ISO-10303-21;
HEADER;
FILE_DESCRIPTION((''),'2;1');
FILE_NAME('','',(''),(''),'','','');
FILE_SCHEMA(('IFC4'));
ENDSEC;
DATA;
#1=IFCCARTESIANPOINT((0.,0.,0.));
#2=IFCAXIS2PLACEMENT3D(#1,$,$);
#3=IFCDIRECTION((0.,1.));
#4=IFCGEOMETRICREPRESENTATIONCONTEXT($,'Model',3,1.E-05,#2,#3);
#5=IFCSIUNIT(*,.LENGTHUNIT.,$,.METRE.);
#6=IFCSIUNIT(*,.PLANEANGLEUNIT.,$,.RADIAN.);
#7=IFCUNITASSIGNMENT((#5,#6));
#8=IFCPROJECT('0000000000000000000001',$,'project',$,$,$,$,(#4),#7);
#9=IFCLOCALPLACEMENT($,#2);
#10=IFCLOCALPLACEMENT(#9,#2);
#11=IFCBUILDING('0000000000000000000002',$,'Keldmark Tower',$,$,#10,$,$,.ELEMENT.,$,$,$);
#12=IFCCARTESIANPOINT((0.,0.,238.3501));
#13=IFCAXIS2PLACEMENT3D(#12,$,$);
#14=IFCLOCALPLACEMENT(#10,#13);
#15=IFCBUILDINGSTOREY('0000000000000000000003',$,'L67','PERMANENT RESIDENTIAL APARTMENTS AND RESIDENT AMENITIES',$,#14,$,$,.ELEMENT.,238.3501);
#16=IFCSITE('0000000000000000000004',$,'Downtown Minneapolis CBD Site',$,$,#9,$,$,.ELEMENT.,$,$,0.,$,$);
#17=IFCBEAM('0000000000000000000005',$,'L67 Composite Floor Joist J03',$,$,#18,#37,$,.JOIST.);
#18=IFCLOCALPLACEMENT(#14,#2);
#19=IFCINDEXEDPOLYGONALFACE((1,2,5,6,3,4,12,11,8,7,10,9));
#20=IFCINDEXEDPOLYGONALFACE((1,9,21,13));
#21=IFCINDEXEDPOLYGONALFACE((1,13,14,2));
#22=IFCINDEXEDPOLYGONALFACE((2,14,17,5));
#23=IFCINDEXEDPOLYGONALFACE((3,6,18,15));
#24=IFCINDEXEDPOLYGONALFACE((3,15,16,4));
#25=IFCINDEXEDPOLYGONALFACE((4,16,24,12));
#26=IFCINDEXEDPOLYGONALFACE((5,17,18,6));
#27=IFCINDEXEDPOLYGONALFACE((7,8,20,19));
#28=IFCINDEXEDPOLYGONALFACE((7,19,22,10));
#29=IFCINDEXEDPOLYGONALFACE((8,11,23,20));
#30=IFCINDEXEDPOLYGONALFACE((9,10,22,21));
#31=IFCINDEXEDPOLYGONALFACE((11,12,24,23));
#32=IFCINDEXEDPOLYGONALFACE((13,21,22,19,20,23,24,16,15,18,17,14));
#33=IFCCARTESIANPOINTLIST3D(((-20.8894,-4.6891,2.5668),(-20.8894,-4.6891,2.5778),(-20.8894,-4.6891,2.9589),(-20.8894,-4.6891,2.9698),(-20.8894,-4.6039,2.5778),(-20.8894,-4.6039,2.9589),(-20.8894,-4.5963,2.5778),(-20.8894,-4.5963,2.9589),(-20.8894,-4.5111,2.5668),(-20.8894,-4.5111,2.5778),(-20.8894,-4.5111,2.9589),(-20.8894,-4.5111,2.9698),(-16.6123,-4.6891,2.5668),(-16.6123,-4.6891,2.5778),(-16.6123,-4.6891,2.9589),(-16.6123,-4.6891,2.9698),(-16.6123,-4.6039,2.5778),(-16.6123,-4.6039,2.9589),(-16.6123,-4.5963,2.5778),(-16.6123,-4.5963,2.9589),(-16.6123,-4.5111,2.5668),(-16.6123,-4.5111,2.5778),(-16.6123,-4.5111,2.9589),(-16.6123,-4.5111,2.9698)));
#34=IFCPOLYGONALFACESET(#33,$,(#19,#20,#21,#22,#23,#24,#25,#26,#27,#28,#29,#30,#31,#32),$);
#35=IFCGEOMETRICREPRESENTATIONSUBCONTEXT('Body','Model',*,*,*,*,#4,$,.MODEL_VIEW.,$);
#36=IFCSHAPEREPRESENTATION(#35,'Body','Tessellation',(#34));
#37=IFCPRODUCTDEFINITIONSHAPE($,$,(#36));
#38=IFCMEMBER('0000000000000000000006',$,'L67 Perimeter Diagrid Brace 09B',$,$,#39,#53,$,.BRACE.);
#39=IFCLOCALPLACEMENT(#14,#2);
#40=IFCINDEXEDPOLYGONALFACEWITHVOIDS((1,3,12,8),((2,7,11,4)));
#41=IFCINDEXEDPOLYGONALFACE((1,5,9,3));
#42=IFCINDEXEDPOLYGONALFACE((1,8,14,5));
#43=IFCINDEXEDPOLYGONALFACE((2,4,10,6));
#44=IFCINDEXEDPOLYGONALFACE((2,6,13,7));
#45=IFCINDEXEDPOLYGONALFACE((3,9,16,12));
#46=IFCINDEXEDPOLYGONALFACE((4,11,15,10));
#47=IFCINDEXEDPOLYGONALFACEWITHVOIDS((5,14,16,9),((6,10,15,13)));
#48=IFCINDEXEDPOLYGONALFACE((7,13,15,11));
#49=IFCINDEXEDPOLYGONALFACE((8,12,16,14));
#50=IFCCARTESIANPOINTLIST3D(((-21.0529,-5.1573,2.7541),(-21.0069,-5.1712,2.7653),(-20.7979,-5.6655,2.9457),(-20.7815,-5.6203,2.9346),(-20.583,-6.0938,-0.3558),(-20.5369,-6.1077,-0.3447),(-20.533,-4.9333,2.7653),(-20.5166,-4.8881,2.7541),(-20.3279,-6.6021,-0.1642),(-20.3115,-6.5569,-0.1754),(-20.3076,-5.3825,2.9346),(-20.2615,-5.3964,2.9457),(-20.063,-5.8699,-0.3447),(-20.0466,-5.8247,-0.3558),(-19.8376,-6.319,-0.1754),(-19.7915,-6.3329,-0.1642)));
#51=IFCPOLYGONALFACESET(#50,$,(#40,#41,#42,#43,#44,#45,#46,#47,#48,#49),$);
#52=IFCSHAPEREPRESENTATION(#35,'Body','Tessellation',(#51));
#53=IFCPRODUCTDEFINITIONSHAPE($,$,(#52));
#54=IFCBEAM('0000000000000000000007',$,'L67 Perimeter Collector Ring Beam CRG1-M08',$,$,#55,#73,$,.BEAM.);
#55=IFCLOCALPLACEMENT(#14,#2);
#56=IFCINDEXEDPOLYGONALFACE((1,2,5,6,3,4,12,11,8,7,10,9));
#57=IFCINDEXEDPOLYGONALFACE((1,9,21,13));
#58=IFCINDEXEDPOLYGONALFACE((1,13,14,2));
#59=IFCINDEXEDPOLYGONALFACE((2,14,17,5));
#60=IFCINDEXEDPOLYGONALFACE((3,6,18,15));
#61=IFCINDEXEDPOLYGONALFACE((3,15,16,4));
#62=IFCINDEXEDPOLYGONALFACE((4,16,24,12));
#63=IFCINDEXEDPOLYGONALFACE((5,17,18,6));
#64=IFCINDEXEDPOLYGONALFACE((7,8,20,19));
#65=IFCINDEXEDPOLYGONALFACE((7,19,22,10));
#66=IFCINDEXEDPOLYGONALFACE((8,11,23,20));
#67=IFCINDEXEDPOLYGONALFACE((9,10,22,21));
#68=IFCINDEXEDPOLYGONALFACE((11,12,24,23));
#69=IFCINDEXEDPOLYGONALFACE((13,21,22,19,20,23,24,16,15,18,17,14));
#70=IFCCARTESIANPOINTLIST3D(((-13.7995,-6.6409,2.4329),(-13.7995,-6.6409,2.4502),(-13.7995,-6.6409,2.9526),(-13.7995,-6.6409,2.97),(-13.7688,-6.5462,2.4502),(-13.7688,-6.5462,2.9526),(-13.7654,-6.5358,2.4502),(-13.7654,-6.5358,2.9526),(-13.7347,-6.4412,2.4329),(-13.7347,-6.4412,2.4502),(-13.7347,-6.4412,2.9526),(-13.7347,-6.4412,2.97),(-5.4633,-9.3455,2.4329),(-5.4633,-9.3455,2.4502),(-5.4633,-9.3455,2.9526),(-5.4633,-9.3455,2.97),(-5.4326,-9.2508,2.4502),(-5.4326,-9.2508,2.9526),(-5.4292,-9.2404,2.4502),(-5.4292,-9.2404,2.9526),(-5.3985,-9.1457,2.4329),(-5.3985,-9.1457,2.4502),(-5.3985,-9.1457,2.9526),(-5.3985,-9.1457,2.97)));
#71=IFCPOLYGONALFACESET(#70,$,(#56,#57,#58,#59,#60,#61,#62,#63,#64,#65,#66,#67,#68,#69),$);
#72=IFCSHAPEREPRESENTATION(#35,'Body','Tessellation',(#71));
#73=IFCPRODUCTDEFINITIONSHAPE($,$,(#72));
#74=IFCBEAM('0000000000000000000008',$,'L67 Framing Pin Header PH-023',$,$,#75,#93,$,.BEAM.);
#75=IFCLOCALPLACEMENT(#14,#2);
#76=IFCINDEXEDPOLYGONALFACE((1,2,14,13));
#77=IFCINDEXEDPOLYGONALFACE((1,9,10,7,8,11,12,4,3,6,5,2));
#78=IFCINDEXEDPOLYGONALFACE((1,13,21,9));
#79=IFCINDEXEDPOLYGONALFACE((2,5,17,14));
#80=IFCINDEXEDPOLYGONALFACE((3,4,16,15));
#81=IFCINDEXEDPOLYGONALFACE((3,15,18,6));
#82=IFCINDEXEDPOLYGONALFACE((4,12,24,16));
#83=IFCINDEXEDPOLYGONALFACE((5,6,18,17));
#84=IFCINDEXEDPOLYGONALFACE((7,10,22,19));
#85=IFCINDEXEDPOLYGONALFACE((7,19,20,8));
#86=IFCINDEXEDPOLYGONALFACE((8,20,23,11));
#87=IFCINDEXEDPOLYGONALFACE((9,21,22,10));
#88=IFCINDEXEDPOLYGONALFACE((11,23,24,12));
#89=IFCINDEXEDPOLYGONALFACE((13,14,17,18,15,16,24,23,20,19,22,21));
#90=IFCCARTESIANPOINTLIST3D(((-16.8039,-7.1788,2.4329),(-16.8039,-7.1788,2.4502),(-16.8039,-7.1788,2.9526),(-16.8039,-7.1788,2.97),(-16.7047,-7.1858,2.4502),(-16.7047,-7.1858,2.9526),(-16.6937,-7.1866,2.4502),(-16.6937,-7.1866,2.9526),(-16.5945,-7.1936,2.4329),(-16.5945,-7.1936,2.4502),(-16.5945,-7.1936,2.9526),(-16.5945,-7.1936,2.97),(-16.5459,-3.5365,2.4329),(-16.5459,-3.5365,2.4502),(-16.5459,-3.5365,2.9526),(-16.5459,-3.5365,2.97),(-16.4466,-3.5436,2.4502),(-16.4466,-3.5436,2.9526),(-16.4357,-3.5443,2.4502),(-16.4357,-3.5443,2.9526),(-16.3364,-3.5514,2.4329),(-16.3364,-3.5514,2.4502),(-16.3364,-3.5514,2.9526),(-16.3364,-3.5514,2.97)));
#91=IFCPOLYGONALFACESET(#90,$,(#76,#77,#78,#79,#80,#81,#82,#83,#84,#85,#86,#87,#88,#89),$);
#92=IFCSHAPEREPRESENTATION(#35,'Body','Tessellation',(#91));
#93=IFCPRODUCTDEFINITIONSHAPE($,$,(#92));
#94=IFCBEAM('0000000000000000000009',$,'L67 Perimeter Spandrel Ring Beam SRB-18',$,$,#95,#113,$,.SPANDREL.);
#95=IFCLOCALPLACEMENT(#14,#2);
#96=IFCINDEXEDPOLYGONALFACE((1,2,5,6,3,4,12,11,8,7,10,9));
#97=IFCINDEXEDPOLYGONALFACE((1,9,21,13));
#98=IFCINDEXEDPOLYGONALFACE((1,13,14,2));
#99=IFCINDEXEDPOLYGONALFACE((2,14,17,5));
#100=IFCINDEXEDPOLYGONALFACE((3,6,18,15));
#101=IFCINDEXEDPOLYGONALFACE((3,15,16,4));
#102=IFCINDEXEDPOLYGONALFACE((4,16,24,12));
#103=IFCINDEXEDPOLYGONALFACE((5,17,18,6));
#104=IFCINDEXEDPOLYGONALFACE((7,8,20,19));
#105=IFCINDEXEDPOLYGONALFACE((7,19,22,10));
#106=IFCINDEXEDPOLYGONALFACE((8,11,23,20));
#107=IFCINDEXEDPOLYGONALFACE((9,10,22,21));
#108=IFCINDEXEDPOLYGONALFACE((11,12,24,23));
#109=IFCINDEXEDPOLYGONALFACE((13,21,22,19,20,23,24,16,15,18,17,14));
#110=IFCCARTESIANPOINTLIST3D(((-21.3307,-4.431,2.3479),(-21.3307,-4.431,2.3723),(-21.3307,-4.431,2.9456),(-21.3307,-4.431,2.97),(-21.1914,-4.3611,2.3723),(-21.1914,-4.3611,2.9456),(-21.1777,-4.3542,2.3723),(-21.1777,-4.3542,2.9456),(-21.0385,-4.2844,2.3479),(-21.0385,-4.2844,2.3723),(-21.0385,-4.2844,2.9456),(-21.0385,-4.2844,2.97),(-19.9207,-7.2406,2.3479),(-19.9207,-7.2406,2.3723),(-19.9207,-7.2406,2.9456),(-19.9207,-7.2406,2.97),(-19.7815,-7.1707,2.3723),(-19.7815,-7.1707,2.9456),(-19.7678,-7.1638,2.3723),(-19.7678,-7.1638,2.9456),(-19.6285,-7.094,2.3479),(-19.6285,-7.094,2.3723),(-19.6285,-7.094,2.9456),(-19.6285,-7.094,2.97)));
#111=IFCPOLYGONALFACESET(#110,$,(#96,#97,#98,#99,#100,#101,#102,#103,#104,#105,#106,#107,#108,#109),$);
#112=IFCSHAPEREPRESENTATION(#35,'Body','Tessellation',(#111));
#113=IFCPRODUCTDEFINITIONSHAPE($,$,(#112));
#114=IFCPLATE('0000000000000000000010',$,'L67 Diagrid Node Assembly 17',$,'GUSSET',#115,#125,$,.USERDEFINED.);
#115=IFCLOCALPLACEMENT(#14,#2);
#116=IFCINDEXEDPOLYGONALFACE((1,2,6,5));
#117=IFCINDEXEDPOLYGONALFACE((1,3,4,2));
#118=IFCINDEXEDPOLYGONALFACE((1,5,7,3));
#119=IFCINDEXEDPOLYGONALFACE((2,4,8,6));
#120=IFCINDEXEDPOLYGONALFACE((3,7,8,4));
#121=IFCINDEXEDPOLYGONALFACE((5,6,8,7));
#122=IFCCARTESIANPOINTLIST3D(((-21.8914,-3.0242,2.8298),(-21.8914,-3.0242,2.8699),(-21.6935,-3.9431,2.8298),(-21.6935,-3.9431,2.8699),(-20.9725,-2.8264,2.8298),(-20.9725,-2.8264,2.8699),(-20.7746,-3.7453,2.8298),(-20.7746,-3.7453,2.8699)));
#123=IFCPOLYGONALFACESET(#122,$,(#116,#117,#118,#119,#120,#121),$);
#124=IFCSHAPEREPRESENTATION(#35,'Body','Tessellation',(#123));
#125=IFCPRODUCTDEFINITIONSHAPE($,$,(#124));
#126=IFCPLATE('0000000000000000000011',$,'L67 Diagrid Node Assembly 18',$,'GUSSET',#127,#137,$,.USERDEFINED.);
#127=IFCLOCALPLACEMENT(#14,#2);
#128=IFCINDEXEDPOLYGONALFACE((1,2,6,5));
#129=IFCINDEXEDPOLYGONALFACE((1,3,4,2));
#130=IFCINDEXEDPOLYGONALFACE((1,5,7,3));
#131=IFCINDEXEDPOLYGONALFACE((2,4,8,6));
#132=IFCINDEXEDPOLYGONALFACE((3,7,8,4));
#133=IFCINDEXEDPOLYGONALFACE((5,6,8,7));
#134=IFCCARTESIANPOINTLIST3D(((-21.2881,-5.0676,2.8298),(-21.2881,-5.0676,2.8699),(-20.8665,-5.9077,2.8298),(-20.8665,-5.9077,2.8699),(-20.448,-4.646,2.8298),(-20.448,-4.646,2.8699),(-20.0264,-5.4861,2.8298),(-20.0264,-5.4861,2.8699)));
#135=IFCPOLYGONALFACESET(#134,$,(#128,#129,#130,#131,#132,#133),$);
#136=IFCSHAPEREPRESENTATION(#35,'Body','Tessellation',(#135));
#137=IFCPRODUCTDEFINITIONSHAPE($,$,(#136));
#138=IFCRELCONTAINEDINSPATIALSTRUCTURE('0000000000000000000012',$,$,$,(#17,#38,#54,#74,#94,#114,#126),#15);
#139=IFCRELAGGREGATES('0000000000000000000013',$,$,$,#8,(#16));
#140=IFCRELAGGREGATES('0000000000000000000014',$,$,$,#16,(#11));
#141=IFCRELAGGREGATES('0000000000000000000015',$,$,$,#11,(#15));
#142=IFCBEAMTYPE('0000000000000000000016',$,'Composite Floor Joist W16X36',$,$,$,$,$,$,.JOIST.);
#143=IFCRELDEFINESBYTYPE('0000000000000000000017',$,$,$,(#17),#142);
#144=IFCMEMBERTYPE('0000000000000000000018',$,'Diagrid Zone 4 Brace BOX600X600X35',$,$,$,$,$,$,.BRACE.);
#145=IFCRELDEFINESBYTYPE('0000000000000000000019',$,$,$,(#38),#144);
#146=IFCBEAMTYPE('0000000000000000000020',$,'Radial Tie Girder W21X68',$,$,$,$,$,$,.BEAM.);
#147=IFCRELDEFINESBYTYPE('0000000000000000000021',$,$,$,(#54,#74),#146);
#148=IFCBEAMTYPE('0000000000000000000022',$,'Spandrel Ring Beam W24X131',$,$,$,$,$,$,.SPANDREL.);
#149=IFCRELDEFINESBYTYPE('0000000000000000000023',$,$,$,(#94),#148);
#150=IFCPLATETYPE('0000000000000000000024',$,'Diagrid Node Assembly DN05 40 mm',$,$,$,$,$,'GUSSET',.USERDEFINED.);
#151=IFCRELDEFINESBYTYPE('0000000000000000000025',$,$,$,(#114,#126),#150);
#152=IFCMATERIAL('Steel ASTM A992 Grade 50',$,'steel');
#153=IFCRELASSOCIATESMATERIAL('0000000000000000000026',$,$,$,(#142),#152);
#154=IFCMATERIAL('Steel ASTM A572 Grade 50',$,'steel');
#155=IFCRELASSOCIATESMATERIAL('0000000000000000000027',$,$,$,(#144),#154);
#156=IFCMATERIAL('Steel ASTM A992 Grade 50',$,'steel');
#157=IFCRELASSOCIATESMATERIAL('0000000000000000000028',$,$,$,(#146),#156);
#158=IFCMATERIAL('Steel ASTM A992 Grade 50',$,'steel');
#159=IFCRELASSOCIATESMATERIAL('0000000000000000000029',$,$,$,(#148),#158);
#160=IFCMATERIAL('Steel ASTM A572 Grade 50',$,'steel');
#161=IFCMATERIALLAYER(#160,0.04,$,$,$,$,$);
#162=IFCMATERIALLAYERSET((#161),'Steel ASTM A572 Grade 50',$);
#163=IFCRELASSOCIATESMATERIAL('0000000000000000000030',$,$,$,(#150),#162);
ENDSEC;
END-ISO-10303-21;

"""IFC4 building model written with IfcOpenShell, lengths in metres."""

from ifc_helpers import new_model, si_unit, direction, frame, origin, origin_2d, place, context, subcontext, project, spatial, rectangle, hollow_rectangle, i_section, extrude, material, layer, layer_set, material_profile, profile_set, type_object, element, save


model = new_model("IFC4")

# Units and contexts
model_context = context("Model", 3, precision=1e-05, world=origin(), true_north=direction((0.0, 1.0)))
body_context = subcontext(model_context, "Body", "Model", "MODEL_VIEW")
ifc_project = project(units=[si_unit("LENGTHUNIT", "METRE"), si_unit("PLANEANGLEUNIT", "RADIAN")], contexts=[model_context])

# Site, building, storey
site_placement = place(None, origin())
site = spatial("IfcSite", under=ifc_project, at=site_placement, Name="Downtown Minneapolis CBD Site", CompositionType="ELEMENT", RefElevation=0.0)
building_placement = place(site_placement, origin())
building = spatial("IfcBuilding", under=site, at=building_placement, Name="Keldmark Tower", CompositionType="ELEMENT")
storey_placement = place(building_placement, frame((0.0, 0.0, 238.3501)))
storey = spatial("IfcBuildingStorey", under=building, at=storey_placement, Name="L67", Description="PERMANENT RESIDENTIAL APARTMENTS AND RESIDENT AMENITIES", CompositionType="ELEMENT", Elevation=238.3501)

# Beam
ifc_material_1 = material(Name="Steel ASTM A992 Grade 50", Category="steel")
ifc_material_profile_1 = material_profile(ifc_material_1, i_section(OverallWidth=0.178, OverallDepth=0.4031, WebThickness=0.0076, FlangeThickness=0.011, at=origin_2d()), Name="W16X36")
ifc_profile_set_1 = profile_set([ifc_material_profile_1], Name="Steel ASTM A992 Grade 50")
beam_type_1 = type_object("IfcBeamType", Name="Composite Floor Joist W16X36", PredefinedType="JOIST", material=ifc_profile_set_1)
beam_1_placement = place(storey_placement, frame((-20.8894, -4.6001, 2.7683), z_axis=(1.0, 0.0, 0.0), x_axis=(0.0, 1.0, 0.0)))
element("IfcBeam", 1, at=beam_1_placement, inside=storey, type_object=beam_type_1, Name="L67 Composite Floor Joist J03", PredefinedType="JOIST", context=body_context, shape_type="SweptSolid", body=[
    extrude(i_section(OverallWidth=0.178, OverallDepth=0.4031, WebThickness=0.0076, FlangeThickness=0.011, at=origin_2d()), origin(), (0.0, 0.0, 1.0), 4.2771),
])

# Member
ifc_material_2 = material(Name="Steel ASTM A572 Grade 50", Category="steel")
ifc_material_profile_2 = material_profile(ifc_material_2, hollow_rectangle(XDim=0.6001, YDim=0.6001, WallThickness=0.0349, at=origin_2d()), Name="BOX600X600X35")
ifc_profile_set_2 = profile_set([ifc_material_profile_2], Name="Steel ASTM A572 Grade 50")
member_type = type_object("IfcMemberType", Name="Diagrid Zone 4 Brace BOX600X600X35", PredefinedType="BRACE", material=ifc_profile_set_2)
member_placement = place(storey_placement, frame((-20.1873, -6.2134, -0.26), z_axis=(-0.143212, 0.285382, 0.947654), x_axis=(-0.893774, -0.448518, 0.0)))
element("IfcMember", 2, at=member_placement, inside=storey, type_object=member_type, Name="L67 Perimeter Diagrid Brace 09B", PredefinedType="BRACE", context=body_context, shape_type="SweptSolid", body=[
    extrude(hollow_rectangle(XDim=0.6001, YDim=0.6001, WallThickness=0.0349, at=origin_2d()), origin(), (0.0, 0.0, 1.0), 3.2817),
])

# Beams
ifc_material_3 = material(Name="Steel ASTM A992 Grade 50", Category="steel")
ifc_material_profile_3 = material_profile(ifc_material_3, i_section(OverallWidth=0.21, OverallDepth=0.5371, WebThickness=0.011, FlangeThickness=0.0173, at=origin_2d()), Name="W21X68")
ifc_profile_set_3 = profile_set([ifc_material_profile_3], Name="Steel ASTM A992 Grade 50")
beam_type_2 = type_object("IfcBeamType", Name="Radial Tie Girder W21X68", PredefinedType="BEAM", material=ifc_profile_set_3)
beam_2_placement = place(storey_placement, frame((-13.7671, -6.541, 2.7014), z_axis=(0.951191, -0.308604, 0.0), x_axis=(0.308604, 0.951191, 0.0)))
element("IfcBeam", 3, at=beam_2_placement, inside=storey, type_object=beam_type_2, Name="L67 Perimeter Collector Ring Beam CRG1-M08", PredefinedType="BEAM", context=body_context, shape_type="SweptSolid", body=[
    extrude(i_section(OverallWidth=0.21, OverallDepth=0.5371, WebThickness=0.011, FlangeThickness=0.0173, at=origin_2d()), origin(), (0.0, 0.0, 1.0), 8.7639),
])
beam_3_placement = place(storey_placement, frame((-16.4412, -3.5439, 2.7014), z_axis=(-0.070672, -0.9975, 0.0), x_axis=(0.9975, -0.070672, 0.0)))
element("IfcBeam", 4, at=beam_3_placement, inside=storey, type_object=beam_type_2, Name="L67 Framing Pin Header PH-023", PredefinedType="BEAM", context=body_context, shape_type="SweptSolid", body=[
    extrude(i_section(OverallWidth=0.21, OverallDepth=0.5371, WebThickness=0.011, FlangeThickness=0.0173, at=origin_2d()), origin(), (0.0, 0.0, 1.0), 3.6514),
])
ifc_material_4 = material(Name="Steel ASTM A992 Grade 50", Category="steel")
ifc_material_profile_4 = material_profile(ifc_material_4, i_section(OverallWidth=0.3269, OverallDepth=0.6221, WebThickness=0.0154, FlangeThickness=0.0244, at=origin_2d()), Name="W24X131")
ifc_profile_set_4 = profile_set([ifc_material_profile_4], Name="Steel ASTM A992 Grade 50")
beam_type_3 = type_object("IfcBeamType", Name="Spandrel Ring Beam W24X131", PredefinedType="SPANDREL", material=ifc_profile_set_4)
beam_4_placement = place(storey_placement, frame((-21.1846, -4.3577, 2.6589), z_axis=(0.448518, -0.893774, 0.0), x_axis=(0.893774, 0.448518, 0.0)))
element("IfcBeam", 5, at=beam_4_placement, inside=storey, type_object=beam_type_3, Name="L67 Perimeter Spandrel Ring Beam SRB-18", PredefinedType="SPANDREL", context=body_context, shape_type="SweptSolid", body=[
    extrude(i_section(OverallWidth=0.3269, OverallDepth=0.6221, WebThickness=0.0154, FlangeThickness=0.0244, at=origin_2d()), origin(), (0.0, 0.0, 1.0), 3.1436),
])

# Plates
ifc_material_5 = material(Name="Steel ASTM A572 Grade 50", Category="steel")
ifc_layer_1 = layer(ifc_material_5, 0.04)
ifc_layer_set_1 = layer_set([ifc_layer_1], Name="Steel ASTM A572 Grade 50")
plate_type = type_object("IfcPlateType", Name="Diagrid Node Assembly DN05 40 mm", ElementType="GUSSET", PredefinedType="USERDEFINED", material=ifc_layer_set_1)
for number, where, z_axis, x_axis, name in (
    (6, (-21.333, -3.3848, 2.8298), (0.0, 0.0, 1.0), (0.210472, -0.9776, 0.0), "L67 Diagrid Node Assembly 17"),
    (7, (-20.6572, -5.2769, 2.8298), (0.0, 0.0, 1.0), (0.448539, -0.893763, 0.0), "L67 Diagrid Node Assembly 18"),
):
    element("IfcPlate", number, at=place(storey_placement, frame(where, z_axis=z_axis, x_axis=x_axis)), inside=storey, type_object=plate_type, Name=name, ObjectType="GUSSET", PredefinedType="USERDEFINED", context=body_context, shape_type="SweptSolid", body=[
        extrude(rectangle(XDim=0.9399, YDim=0.9399, at=origin_2d()), origin(), (0.0, 0.0, 1.0), 0.04),
    ])

save(model, "model.ifc")
